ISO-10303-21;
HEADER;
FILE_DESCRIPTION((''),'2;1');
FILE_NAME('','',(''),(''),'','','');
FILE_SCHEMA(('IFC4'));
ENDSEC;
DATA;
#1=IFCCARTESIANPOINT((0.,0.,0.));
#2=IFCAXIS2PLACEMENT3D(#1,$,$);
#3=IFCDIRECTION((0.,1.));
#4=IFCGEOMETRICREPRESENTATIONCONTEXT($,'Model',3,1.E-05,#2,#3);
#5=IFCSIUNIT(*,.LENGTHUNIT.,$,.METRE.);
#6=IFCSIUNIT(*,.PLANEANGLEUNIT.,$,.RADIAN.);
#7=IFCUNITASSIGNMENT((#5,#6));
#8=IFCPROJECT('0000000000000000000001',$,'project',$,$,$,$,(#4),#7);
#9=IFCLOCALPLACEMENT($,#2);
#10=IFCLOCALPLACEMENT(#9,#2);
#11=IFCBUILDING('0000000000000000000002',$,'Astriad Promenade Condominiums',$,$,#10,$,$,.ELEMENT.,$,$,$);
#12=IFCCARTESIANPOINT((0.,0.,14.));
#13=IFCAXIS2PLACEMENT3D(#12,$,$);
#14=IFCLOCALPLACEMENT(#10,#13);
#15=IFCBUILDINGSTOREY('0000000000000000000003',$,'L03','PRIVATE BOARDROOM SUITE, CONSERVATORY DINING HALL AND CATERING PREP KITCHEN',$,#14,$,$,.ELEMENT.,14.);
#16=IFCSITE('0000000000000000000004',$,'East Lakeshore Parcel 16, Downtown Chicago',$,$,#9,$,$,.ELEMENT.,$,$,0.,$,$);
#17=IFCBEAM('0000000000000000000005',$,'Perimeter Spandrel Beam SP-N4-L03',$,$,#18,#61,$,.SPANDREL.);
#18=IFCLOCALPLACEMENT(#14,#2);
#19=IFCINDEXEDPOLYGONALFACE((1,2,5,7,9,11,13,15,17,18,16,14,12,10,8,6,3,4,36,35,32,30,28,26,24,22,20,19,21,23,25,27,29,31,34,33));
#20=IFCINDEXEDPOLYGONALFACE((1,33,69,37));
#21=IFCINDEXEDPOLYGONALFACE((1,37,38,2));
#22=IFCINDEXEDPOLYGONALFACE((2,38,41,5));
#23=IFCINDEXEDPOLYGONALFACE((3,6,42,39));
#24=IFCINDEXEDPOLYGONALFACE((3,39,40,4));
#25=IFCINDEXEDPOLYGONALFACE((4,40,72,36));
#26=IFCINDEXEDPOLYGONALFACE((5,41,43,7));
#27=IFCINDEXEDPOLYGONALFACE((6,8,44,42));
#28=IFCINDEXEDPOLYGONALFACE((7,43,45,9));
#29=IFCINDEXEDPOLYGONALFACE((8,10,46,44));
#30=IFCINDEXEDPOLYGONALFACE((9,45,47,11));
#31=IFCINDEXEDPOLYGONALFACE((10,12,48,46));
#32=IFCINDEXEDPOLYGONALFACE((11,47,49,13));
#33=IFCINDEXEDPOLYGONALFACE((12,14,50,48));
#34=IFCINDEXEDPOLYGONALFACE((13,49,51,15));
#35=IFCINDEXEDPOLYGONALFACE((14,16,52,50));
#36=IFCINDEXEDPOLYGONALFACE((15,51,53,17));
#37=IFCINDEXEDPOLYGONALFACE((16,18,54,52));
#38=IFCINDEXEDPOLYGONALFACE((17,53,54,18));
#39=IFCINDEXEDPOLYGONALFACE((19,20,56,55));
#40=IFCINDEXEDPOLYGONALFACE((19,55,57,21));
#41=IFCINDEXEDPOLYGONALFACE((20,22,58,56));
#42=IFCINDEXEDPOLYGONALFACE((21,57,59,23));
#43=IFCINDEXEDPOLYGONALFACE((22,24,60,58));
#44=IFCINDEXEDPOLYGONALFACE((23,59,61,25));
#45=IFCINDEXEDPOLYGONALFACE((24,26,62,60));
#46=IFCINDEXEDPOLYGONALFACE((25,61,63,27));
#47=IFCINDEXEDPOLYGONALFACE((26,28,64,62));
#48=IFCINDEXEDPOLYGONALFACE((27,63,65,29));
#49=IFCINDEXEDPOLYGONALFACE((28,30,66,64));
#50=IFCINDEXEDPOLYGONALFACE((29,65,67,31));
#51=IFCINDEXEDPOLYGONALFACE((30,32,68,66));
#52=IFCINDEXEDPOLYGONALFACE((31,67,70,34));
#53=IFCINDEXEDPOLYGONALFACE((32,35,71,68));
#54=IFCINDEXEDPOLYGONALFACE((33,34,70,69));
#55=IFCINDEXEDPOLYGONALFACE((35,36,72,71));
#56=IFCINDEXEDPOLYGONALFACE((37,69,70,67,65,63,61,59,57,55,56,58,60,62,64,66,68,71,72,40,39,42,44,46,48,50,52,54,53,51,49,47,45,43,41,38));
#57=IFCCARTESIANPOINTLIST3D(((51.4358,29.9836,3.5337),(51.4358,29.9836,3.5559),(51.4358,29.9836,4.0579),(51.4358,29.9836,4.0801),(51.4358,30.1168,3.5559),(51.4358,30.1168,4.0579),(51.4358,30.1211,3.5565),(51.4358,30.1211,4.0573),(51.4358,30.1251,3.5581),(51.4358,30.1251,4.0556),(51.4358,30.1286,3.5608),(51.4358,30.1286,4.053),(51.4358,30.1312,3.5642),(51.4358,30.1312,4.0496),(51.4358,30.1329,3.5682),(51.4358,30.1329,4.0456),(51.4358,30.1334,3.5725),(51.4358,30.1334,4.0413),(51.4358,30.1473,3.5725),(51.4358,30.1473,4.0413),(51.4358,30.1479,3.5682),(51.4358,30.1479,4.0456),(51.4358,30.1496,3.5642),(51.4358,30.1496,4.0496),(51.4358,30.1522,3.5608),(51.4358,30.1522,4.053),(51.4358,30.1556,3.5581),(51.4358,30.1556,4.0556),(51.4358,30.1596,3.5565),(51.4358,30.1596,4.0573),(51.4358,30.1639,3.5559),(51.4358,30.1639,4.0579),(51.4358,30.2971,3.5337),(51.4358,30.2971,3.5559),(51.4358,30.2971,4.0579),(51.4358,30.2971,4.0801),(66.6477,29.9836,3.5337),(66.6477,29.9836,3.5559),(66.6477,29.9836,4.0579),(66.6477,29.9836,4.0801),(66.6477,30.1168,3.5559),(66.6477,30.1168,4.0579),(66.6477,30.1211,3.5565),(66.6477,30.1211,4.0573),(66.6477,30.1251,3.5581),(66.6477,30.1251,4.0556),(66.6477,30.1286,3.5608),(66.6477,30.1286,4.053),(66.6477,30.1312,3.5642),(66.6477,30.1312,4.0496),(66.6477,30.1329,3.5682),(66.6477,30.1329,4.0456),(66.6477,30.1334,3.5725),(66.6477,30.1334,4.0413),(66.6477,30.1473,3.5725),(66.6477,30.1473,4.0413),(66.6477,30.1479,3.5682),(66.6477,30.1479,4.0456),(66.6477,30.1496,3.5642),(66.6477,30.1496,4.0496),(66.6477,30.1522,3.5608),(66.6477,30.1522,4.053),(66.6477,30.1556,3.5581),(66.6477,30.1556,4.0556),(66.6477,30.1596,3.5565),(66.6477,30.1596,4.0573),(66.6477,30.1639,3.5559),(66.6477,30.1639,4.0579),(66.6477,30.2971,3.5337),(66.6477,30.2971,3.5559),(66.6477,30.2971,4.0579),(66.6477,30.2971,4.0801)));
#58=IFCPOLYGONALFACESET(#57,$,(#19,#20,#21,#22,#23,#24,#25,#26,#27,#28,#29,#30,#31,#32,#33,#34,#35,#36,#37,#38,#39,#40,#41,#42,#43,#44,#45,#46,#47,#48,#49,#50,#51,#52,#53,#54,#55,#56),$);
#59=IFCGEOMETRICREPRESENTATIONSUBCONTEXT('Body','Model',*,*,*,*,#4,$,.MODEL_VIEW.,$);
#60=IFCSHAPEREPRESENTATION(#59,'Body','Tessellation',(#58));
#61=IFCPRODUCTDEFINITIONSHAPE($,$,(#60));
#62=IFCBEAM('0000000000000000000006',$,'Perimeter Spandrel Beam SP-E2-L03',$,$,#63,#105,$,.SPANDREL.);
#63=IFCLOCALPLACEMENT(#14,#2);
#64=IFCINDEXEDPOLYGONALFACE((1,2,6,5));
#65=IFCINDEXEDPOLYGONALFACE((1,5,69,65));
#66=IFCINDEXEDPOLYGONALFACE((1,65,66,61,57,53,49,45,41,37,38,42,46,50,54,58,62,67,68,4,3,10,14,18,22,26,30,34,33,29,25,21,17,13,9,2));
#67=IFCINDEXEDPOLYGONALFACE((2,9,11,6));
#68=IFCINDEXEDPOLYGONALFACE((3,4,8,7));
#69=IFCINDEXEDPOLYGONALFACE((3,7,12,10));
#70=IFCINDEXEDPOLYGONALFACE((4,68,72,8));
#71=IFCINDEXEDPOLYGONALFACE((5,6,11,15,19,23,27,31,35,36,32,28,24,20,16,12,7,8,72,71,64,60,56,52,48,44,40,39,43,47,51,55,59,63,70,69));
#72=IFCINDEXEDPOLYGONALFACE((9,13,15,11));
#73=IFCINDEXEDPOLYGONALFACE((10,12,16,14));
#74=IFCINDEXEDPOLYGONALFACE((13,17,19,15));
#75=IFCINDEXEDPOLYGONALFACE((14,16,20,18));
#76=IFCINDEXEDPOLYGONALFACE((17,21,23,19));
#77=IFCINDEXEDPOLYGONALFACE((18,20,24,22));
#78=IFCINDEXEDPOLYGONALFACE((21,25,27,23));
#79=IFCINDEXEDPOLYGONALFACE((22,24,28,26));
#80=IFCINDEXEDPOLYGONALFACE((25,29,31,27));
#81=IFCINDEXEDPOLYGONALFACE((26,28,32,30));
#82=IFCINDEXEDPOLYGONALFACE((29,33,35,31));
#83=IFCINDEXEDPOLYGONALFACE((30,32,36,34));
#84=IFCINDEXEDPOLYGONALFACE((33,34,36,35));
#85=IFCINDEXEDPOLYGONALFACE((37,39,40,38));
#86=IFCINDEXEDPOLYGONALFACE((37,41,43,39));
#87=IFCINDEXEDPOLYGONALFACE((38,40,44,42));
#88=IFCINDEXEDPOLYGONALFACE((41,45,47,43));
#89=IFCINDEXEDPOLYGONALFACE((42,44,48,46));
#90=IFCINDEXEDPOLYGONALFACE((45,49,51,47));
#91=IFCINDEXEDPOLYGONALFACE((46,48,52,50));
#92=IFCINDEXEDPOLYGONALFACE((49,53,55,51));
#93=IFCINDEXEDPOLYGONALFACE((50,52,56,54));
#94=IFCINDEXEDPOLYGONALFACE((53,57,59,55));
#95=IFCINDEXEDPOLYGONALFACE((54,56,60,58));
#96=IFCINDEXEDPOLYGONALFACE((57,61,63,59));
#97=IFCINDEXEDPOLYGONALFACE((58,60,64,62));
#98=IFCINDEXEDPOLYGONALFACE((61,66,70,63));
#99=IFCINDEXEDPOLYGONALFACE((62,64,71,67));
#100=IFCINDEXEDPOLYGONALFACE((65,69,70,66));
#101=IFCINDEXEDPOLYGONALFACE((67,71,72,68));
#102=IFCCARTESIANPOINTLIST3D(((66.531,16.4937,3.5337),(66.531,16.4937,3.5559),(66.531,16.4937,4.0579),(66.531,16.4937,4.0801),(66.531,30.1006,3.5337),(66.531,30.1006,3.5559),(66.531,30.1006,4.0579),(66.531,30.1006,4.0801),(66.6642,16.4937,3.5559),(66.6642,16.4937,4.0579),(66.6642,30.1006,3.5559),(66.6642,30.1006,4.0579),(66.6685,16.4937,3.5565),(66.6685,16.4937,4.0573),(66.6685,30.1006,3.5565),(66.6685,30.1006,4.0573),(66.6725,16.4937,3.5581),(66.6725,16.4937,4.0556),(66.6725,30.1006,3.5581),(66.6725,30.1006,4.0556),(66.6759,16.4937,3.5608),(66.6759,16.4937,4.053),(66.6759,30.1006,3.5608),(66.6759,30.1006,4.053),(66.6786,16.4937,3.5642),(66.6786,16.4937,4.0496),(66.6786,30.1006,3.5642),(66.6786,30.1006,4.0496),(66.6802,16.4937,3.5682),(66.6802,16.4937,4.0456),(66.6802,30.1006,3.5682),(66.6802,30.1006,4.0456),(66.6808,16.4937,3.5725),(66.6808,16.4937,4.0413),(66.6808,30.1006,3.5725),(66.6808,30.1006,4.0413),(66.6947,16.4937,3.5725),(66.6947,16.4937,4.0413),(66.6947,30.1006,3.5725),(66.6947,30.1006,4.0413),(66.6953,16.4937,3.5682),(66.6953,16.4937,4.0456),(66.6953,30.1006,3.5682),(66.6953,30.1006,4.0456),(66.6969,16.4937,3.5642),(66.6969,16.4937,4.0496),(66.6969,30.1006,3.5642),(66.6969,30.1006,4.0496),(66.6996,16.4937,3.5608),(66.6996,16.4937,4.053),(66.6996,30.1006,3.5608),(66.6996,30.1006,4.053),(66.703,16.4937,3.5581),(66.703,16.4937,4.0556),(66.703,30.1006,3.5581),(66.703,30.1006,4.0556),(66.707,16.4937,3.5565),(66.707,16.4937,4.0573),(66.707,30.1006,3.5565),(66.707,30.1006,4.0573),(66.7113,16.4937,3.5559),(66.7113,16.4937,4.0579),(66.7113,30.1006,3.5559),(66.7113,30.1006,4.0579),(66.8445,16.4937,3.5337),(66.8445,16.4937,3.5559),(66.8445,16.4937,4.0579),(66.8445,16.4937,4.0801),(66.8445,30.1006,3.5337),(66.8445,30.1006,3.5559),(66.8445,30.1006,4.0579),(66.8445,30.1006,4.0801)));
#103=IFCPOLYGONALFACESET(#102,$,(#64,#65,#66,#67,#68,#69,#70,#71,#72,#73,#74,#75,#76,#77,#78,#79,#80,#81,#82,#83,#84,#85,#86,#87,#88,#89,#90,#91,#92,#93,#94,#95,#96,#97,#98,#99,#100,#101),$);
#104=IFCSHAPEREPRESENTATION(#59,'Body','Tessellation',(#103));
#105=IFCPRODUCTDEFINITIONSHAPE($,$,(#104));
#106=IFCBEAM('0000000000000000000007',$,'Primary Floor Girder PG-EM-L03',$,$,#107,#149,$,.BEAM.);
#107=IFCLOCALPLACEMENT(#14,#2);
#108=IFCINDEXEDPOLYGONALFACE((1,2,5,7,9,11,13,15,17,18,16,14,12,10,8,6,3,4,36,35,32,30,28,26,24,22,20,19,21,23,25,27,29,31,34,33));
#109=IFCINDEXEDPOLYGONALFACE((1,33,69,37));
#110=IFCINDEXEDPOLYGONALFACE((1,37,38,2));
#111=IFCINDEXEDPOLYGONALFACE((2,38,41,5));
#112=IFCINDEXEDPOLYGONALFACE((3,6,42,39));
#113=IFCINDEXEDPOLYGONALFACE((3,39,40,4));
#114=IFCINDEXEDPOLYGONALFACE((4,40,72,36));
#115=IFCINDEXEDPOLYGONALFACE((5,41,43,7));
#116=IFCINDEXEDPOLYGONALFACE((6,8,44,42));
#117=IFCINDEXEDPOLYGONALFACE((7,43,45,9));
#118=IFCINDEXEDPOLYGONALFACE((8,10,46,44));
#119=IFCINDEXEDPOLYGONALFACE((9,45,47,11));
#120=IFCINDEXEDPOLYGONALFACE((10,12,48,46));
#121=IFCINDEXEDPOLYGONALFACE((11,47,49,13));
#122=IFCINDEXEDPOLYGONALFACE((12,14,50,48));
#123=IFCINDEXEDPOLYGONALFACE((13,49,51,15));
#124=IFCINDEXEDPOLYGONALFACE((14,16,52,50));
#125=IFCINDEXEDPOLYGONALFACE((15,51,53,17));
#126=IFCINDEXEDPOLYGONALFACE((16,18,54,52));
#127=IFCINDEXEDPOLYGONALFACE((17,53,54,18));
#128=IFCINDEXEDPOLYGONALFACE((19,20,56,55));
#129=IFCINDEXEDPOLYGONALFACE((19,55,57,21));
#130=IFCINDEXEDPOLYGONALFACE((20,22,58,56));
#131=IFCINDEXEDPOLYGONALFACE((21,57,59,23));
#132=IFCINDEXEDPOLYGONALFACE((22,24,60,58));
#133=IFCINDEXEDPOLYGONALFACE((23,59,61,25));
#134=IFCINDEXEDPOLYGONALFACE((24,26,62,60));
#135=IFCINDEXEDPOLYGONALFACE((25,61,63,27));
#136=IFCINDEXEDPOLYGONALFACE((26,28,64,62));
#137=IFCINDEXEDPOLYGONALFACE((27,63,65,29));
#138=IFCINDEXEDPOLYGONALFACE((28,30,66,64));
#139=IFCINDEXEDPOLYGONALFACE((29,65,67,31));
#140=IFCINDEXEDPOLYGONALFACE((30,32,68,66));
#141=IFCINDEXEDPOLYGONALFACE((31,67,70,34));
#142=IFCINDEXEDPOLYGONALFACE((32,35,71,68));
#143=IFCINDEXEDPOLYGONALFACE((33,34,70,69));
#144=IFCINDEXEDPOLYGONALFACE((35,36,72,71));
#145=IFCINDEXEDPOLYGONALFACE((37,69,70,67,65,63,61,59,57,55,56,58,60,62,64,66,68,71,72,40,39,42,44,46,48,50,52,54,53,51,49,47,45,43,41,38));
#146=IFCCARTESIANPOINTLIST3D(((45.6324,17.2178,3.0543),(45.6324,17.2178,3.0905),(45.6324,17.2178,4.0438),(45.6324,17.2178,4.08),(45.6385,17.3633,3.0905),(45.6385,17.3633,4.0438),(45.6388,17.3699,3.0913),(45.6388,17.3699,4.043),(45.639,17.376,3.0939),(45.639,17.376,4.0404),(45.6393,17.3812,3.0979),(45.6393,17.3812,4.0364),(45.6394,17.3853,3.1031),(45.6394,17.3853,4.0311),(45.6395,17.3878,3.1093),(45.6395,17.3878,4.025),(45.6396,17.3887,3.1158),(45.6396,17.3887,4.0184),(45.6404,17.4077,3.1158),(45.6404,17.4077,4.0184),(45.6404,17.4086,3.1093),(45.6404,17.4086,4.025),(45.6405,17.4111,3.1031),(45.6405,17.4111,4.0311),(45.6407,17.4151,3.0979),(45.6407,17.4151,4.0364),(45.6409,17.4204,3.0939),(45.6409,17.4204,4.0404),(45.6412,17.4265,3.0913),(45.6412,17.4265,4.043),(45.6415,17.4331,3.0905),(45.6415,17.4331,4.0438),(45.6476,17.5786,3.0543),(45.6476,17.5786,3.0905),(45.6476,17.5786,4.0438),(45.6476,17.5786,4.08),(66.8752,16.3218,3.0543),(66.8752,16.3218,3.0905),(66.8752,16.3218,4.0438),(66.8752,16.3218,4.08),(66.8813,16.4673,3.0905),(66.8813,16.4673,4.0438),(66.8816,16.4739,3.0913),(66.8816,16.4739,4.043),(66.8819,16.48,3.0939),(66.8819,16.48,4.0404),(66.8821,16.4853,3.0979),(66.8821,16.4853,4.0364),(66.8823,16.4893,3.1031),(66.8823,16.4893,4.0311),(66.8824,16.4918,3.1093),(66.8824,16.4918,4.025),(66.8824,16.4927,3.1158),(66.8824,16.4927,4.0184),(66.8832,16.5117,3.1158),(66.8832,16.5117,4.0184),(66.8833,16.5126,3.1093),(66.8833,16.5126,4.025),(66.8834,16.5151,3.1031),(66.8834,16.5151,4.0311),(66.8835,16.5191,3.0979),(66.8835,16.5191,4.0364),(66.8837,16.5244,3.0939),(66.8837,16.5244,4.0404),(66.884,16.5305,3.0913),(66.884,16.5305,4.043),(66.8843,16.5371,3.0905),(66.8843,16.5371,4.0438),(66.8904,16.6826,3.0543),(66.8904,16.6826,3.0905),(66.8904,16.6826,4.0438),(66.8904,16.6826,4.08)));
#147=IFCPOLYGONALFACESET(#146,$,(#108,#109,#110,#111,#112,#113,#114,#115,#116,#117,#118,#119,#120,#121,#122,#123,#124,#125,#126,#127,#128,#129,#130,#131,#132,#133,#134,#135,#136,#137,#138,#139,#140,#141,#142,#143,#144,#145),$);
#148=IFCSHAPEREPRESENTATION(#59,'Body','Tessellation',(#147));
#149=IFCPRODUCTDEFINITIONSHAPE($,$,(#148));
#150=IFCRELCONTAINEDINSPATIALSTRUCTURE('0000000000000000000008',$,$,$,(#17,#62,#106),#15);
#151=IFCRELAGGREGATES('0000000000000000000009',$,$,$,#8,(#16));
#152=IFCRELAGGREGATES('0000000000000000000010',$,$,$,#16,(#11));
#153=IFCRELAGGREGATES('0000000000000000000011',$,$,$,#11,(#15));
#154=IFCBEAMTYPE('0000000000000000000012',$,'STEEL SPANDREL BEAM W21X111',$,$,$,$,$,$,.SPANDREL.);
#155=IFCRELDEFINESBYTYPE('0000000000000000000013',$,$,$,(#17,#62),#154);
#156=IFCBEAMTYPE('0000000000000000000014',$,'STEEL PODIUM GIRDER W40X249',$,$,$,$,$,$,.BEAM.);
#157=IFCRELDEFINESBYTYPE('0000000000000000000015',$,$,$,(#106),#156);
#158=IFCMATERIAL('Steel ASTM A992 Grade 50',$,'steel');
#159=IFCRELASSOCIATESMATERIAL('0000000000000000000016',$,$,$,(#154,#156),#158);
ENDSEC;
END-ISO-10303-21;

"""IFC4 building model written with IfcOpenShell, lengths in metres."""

from ifc_helpers import new_model, si_unit, direction, frame, origin, origin_2d, place, context, subcontext, project, spatial, i_section, extrude, source, transform, mapped, material, material_profile, profile_set, type_object, type_shapes, element, save


model = new_model("IFC4")

# Units and contexts
model_context = context("Model", 3, precision=1e-05, world=origin(), true_north=direction((0.0, 1.0)))
body_context = subcontext(model_context, "Body", "Model", "MODEL_VIEW")
ifc_project = project(units=[si_unit("LENGTHUNIT", "METRE"), si_unit("PLANEANGLEUNIT", "RADIAN")], contexts=[model_context])

# Site, building, storey
site_placement = place(None, origin())
site = spatial("IfcSite", under=ifc_project, at=site_placement, Name="East Lakeshore Parcel 16, Downtown Chicago", CompositionType="ELEMENT", RefElevation=0.0)
building_placement = place(site_placement, origin())
building = spatial("IfcBuilding", under=site, at=building_placement, Name="Astriad Promenade Condominiums", CompositionType="ELEMENT")
storey_placement = place(building_placement, frame((0.0, 0.0, 14.0)))
storey = spatial("IfcBuildingStorey", under=building, at=storey_placement, Name="L03", Description="PRIVATE BOARDROOM SUITE, CONSERVATORY DINING HALL AND CATERING PREP KITCHEN", CompositionType="ELEMENT", Elevation=14.0)

# Shared definitions
ifc_material_1 = material(Name="Steel ASTM A992 Grade 50", Category="steel")

# Beams
ifc_material_profile_1 = material_profile(ifc_material_1, i_section(OverallWidth=0.3135, OverallDepth=0.5464, WebThickness=0.0139, FlangeThickness=0.0222, FilletRadius=0.0166, at=origin_2d()), Name="W21X111")
ifc_profile_set_1 = profile_set([ifc_material_profile_1], Name="Steel ASTM A992 Grade 50")
beam_type_1 = type_object("IfcBeamType", Name="STEEL SPANDREL BEAM W21X111", PredefinedType="SPANDREL", material=ifc_profile_set_1)
shared_shape_1 = source(origin(), body_context, "Body", "SweptSolid", [
    extrude(i_section(OverallWidth=0.3135, OverallDepth=0.5464, WebThickness=0.0139, FlangeThickness=0.0222, FilletRadius=0.0166, at=origin_2d()), origin(), (0.0, 0.0, 1.0), 15.2119),
])
beam_1_placement = place(storey_placement, frame((66.6477, 30.1404, 3.8069), z_axis=(-1.0, 0.0, 0.0), x_axis=(0.0, -1.0, 0.0)))
element("IfcBeam", 1, at=beam_1_placement, inside=storey, type_object=beam_type_1, Name="Perimeter Spandrel Beam SP-N4-L03", PredefinedType="SPANDREL", context=body_context, shape_type="MappedRepresentation", body=[
    mapped(shared_shape_1, transform((0.0, 0.0, 0.0), scale=1.0)),
])
shared_shape_2 = source(origin(), body_context, "Body", "SweptSolid", [
    extrude(i_section(OverallWidth=0.3135, OverallDepth=0.5464, WebThickness=0.0139, FlangeThickness=0.0222, FilletRadius=0.0166, at=origin_2d()), origin(), (0.0, 0.0, 1.0), 13.6069),
])
type_shapes(beam_type_1, [shared_shape_1, shared_shape_2])
beam_2_placement = place(storey_placement, frame((66.6877, 16.4937, 3.8069), z_axis=(0.0, 1.0, 0.0), x_axis=(-1.0, 0.0, 0.0)))
element("IfcBeam", 2, at=beam_2_placement, inside=storey, type_object=beam_type_1, Name="Perimeter Spandrel Beam SP-E2-L03", PredefinedType="SPANDREL", context=body_context, shape_type="MappedRepresentation", body=[
    mapped(shared_shape_2, transform((0.0, 0.0, 0.0), scale=1.0)),
])
ifc_material_profile_2 = material_profile(ifc_material_1, i_section(OverallWidth=0.3611, OverallDepth=1.0256, WebThickness=0.019, FlangeThickness=0.0361, FilletRadius=0.0254, at=origin_2d()), Name="W40X249")
ifc_profile_set_2 = profile_set([ifc_material_profile_2], Name="Steel ASTM A992 Grade 50")
beam_type_2 = type_object("IfcBeamType", Name="STEEL PODIUM GIRDER W40X249", PredefinedType="BEAM", material=ifc_profile_set_2)
shared_shape_3 = source(origin(), body_context, "Body", "SweptSolid", [
    extrude(i_section(OverallWidth=0.3611, OverallDepth=1.0256, WebThickness=0.019, FlangeThickness=0.0361, FilletRadius=0.0254, at=origin_2d()), origin(), (0.0, 0.0, 1.0), 21.2617),
])
type_shapes(beam_type_2, [shared_shape_3])
beam_3_placement = place(storey_placement, frame((66.8828, 16.5022, 3.5671), z_axis=(-0.999112, 0.042141, 0.0), x_axis=(-0.042141, -0.999112, 0.0)))
element("IfcBeam", 3, at=beam_3_placement, inside=storey, type_object=beam_type_2, Name="Primary Floor Girder PG-EM-L03", PredefinedType="BEAM", context=body_context, shape_type="MappedRepresentation", body=[
    mapped(shared_shape_3, transform((0.0, 0.0, 0.0), scale=1.0)),
])

save(model, "model.ifc")
